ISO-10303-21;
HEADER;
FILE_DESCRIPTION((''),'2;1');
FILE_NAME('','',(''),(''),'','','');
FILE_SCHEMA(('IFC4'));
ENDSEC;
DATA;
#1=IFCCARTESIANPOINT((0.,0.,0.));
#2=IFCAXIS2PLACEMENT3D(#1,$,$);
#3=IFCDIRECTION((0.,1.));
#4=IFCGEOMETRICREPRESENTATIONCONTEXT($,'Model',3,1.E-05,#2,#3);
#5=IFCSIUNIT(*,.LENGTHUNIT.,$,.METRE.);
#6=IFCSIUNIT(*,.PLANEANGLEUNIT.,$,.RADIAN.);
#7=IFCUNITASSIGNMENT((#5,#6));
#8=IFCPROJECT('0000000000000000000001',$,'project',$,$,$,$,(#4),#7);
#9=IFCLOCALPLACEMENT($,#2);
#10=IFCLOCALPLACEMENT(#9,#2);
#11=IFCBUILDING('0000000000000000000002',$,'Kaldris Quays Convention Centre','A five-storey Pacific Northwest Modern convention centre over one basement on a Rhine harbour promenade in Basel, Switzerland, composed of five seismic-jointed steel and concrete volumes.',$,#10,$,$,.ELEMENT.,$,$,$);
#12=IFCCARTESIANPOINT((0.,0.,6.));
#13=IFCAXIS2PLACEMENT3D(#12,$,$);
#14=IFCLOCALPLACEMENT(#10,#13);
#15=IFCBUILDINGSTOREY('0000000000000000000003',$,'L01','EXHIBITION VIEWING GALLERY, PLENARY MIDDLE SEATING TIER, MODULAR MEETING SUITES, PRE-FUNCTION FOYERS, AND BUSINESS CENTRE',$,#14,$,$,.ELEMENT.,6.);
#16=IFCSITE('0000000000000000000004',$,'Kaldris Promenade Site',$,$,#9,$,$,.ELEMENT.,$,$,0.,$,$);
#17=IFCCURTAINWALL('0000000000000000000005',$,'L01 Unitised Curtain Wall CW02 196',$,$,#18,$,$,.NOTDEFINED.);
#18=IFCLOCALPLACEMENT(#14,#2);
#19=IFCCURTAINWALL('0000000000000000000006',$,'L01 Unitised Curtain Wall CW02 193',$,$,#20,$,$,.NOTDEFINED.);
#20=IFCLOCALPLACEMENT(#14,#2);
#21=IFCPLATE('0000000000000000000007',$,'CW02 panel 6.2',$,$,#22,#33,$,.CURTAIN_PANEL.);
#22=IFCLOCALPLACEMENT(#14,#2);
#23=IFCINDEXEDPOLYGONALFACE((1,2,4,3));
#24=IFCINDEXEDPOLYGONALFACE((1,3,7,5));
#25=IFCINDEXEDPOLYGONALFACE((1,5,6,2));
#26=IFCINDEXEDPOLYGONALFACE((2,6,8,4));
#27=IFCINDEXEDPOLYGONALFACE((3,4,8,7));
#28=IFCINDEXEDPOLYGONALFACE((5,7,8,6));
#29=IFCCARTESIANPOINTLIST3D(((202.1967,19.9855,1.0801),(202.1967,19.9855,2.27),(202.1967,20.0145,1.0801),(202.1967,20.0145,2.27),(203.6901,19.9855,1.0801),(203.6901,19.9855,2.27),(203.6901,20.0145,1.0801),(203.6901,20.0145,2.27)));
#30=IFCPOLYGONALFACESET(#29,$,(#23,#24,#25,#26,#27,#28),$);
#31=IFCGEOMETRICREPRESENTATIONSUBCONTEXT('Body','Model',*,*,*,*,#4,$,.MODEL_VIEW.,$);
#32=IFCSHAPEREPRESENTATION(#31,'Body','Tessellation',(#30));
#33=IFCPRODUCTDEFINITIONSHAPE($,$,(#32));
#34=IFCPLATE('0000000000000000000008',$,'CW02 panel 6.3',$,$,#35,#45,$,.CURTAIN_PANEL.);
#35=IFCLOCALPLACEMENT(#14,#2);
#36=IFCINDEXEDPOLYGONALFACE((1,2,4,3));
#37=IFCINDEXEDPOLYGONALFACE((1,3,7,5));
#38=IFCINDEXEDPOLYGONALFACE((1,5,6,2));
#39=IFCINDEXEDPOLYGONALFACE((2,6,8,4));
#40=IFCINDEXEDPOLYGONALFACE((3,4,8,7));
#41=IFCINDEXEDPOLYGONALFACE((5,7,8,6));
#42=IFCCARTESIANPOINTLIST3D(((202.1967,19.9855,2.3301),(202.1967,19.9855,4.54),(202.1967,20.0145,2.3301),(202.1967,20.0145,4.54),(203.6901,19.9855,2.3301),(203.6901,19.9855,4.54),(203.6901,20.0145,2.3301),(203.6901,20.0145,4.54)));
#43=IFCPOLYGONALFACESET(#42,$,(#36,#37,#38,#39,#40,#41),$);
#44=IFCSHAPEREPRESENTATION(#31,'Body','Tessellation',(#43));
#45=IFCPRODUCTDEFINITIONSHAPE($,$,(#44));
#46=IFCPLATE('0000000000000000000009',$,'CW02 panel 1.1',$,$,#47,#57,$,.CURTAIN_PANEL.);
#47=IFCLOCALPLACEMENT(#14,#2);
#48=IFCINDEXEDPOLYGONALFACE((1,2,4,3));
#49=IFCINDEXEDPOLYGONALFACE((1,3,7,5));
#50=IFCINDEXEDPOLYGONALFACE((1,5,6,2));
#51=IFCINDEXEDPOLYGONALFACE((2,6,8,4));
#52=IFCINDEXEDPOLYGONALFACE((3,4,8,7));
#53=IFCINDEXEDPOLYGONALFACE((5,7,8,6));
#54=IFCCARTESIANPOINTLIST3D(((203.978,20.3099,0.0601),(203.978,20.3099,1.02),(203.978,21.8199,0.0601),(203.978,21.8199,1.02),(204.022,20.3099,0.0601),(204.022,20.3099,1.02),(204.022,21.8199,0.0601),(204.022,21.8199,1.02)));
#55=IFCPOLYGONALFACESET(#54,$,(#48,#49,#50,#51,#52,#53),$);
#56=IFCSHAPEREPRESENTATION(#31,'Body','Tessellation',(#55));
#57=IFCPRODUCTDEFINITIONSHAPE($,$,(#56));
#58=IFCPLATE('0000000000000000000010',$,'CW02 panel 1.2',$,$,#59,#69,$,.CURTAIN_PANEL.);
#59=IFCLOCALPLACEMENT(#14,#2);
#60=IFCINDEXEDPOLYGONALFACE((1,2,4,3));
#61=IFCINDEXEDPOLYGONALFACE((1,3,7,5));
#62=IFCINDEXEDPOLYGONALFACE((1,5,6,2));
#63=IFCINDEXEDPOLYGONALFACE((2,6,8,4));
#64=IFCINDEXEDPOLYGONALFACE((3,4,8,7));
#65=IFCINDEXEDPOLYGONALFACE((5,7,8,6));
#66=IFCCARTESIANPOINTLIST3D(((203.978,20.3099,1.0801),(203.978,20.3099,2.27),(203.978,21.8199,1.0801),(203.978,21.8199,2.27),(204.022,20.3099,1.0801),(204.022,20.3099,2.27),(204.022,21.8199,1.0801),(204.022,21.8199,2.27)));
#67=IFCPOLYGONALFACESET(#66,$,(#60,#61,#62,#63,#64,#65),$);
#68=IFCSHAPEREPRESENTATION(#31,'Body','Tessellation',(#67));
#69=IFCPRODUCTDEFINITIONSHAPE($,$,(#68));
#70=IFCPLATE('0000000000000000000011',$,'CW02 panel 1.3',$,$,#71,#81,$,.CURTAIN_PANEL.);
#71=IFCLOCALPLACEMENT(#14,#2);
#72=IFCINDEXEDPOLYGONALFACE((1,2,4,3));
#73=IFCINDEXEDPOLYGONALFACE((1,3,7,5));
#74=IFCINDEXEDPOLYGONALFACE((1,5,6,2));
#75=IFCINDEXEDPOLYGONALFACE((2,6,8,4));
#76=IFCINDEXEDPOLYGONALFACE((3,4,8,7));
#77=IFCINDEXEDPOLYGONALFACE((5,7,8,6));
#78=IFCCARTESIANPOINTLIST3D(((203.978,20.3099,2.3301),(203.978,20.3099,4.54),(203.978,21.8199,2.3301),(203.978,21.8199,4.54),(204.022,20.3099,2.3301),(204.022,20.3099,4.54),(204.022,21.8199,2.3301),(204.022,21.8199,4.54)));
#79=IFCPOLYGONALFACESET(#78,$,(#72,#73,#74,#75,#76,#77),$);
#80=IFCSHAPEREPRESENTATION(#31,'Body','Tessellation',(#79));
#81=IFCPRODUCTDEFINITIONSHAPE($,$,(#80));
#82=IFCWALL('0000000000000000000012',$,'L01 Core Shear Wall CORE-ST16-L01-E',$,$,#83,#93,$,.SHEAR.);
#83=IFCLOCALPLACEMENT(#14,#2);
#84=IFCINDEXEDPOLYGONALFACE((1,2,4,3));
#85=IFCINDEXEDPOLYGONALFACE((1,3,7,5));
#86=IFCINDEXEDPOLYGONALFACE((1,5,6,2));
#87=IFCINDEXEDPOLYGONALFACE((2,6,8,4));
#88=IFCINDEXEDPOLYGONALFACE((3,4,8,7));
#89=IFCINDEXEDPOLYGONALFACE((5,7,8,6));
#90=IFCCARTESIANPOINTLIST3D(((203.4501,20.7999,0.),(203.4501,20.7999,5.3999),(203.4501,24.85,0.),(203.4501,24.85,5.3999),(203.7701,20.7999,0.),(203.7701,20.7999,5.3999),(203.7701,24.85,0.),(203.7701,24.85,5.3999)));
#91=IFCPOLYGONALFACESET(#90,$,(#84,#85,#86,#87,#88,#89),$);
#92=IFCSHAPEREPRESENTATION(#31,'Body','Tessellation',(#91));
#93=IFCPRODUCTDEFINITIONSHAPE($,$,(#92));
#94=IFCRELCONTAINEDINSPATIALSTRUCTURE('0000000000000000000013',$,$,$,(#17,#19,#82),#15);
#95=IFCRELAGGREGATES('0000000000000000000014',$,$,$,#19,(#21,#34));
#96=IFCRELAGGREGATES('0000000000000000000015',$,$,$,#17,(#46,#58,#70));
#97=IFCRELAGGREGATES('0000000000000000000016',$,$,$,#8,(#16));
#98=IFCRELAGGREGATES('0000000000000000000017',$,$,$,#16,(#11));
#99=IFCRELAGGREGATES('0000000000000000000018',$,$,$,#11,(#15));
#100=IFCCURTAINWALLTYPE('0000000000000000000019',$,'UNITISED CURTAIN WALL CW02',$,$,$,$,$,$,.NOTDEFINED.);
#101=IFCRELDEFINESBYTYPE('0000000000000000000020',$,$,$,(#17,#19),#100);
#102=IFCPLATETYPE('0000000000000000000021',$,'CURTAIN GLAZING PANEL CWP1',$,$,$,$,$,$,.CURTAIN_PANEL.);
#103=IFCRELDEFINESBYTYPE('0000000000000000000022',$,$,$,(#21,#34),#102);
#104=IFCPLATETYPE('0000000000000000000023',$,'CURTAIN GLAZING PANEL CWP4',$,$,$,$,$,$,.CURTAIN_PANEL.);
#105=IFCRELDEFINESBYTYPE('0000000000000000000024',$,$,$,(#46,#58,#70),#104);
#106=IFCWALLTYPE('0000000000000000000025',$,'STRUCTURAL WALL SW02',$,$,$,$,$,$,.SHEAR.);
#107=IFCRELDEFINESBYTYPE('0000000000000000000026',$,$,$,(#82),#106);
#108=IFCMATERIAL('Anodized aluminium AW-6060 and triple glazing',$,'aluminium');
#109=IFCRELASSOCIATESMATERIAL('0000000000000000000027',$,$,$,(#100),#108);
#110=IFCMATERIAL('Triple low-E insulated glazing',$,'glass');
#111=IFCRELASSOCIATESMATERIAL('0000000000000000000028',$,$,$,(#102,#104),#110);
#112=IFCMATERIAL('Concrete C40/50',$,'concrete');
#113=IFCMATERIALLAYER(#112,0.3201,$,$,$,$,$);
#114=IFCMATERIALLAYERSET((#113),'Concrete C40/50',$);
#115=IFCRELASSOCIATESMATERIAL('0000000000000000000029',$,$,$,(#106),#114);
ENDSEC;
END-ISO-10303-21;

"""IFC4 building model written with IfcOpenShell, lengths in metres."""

from ifc_helpers import new_model, si_unit, direction, frame, frame_2d, origin, origin_2d, place, context, subcontext, project, spatial, rectangle, extrude, material, layer, layer_set, type_object, element, aggregate, save


model = new_model("IFC4")

# Units and contexts
model_context = context("Model", 3, precision=1e-05, world=origin(), true_north=direction((0.0, 1.0)))
body_context = subcontext(model_context, "Body", "Model", "MODEL_VIEW")
ifc_project = project(units=[si_unit("LENGTHUNIT", "METRE"), si_unit("PLANEANGLEUNIT", "RADIAN")], contexts=[model_context])

# Site, building, storey
site_placement = place(None, origin())
site = spatial("IfcSite", under=ifc_project, at=site_placement, Name="Kaldris Promenade Site", CompositionType="ELEMENT", RefElevation=0.0)
building_placement = place(site_placement, origin())
building = spatial("IfcBuilding", under=site, at=building_placement, Name="Kaldris Quays Convention Centre", Description="A five-storey Pacific Northwest Modern convention centre over one basement on a Rhine harbour promenade in Basel, Switzerland, composed of five seismic-jointed steel and concrete volumes.", CompositionType="ELEMENT")
storey_placement = place(building_placement, frame((0.0, 0.0, 6.0)))
storey = spatial("IfcBuildingStorey", under=building, at=storey_placement, Name="L01", Description="EXHIBITION VIEWING GALLERY, PLENARY MIDDLE SEATING TIER, MODULAR MEETING SUITES, PRE-FUNCTION FOYERS, AND BUSINESS CENTRE", CompositionType="ELEMENT", Elevation=6.0)

# Curtain walls
ifc_material_1 = material(Name="Anodized aluminium AW-6060 and triple glazing", Category="aluminium")
curtain_wall_type = type_object("IfcCurtainWallType", Name="UNITISED CURTAIN WALL CW02", PredefinedType="NOTDEFINED", material=ifc_material_1)
curtain_wall_1_placement = place(storey_placement, origin())
curtain_wall_1 = element("IfcCurtainWall", 1, at=curtain_wall_1_placement, inside=storey, type_object=curtain_wall_type, Name="L01 Unitised Curtain Wall CW02 196", PredefinedType="NOTDEFINED")
curtain_wall_2_placement = place(storey_placement, origin())
curtain_wall_2 = element("IfcCurtainWall", 2, at=curtain_wall_2_placement, inside=storey, type_object=curtain_wall_type, Name="L01 Unitised Curtain Wall CW02 193", PredefinedType="NOTDEFINED")

# Plates
ifc_material_2 = material(Name="Triple low-E insulated glazing", Category="glass")
plate_type_1 = type_object("IfcPlateType", Name="CURTAIN GLAZING PANEL CWP1", PredefinedType="CURTAIN_PANEL", material=ifc_material_2)
plate_1_placement = place(storey_placement, frame((202.9434, 20.0, 1.0801), z_axis=(0.0, 0.0, 1.0), x_axis=(1.0, 0.0, 0.0)))
plate_1 = element("IfcPlate", 3, at=plate_1_placement, type_object=plate_type_1, Name="CW02 panel 6.2", PredefinedType="CURTAIN_PANEL", context=body_context, shape_type="SweptSolid", body=[
    extrude(rectangle(XDim=1.4934, YDim=0.0291, at=origin_2d()), origin(), (0.0, 0.0, 1.0), 1.1899),
])
plate_2_placement = place(storey_placement, frame((202.9434, 20.0, 2.3301), z_axis=(0.0, 0.0, 1.0), x_axis=(1.0, 0.0, 0.0)))
plate_2 = element("IfcPlate", 4, at=plate_2_placement, type_object=plate_type_1, Name="CW02 panel 6.3", PredefinedType="CURTAIN_PANEL", context=body_context, shape_type="SweptSolid", body=[
    extrude(rectangle(XDim=1.4934, YDim=0.0291, at=origin_2d()), origin(), (0.0, 0.0, 1.0), 2.21),
])
aggregate(curtain_wall_2, [plate_1, plate_2])
plate_type_2 = type_object("IfcPlateType", Name="CURTAIN GLAZING PANEL CWP4", PredefinedType="CURTAIN_PANEL", material=ifc_material_2)
plate_3_placement = place(storey_placement, frame((204.0, 21.0649, 0.0601), z_axis=(0.0, 0.0, 1.0), x_axis=(0.0, 1.0, 0.0)))
plate_3 = element("IfcPlate", 5, at=plate_3_placement, type_object=plate_type_2, Name="CW02 panel 1.1", PredefinedType="CURTAIN_PANEL", context=body_context, shape_type="SweptSolid", body=[
    extrude(rectangle(XDim=1.51, YDim=0.0439, at=origin_2d()), origin(), (0.0, 0.0, 1.0), 0.96),
])
plate_4_placement = place(storey_placement, frame((204.0, 21.0649, 1.0801), z_axis=(0.0, 0.0, 1.0), x_axis=(0.0, 1.0, 0.0)))
plate_4 = element("IfcPlate", 6, at=plate_4_placement, type_object=plate_type_2, Name="CW02 panel 1.2", PredefinedType="CURTAIN_PANEL", context=body_context, shape_type="SweptSolid", body=[
    extrude(rectangle(XDim=1.51, YDim=0.0439, at=origin_2d()), origin(), (0.0, 0.0, 1.0), 1.1899),
])
plate_5_placement = place(storey_placement, frame((204.0, 21.0649, 2.3301), z_axis=(0.0, 0.0, 1.0), x_axis=(0.0, 1.0, 0.0)))
plate_5 = element("IfcPlate", 7, at=plate_5_placement, type_object=plate_type_2, Name="CW02 panel 1.3", PredefinedType="CURTAIN_PANEL", context=body_context, shape_type="SweptSolid", body=[
    extrude(rectangle(XDim=1.51, YDim=0.0439, at=origin_2d()), origin(), (0.0, 0.0, 1.0), 2.21),
])
aggregate(curtain_wall_1, [plate_3, plate_4, plate_5])

# Wall
ifc_material_3 = material(Name="Concrete C40/50", Category="concrete")
ifc_layer = layer(ifc_material_3, 0.3201)
ifc_layer_set = layer_set([ifc_layer], Name="Concrete C40/50")
wall_type = type_object("IfcWallType", Name="STRUCTURAL WALL SW02", PredefinedType="SHEAR", material=ifc_layer_set)
wall_placement = place(storey_placement, frame((203.6101, 20.8, 0.0), z_axis=(0.0, 0.0, 1.0), x_axis=(0.0, 1.0, 0.0)))
element("IfcWall", 8, at=wall_placement, inside=storey, type_object=wall_type, Name="L01 Core Shear Wall CORE-ST16-L01-E", PredefinedType="SHEAR", context=body_context, shape_type="SweptSolid", body=[
    extrude(rectangle(XDim=4.05, YDim=0.3201, at=frame_2d((2.0249, 0.0))), origin(), (0.0, 0.0, 1.0), 5.3999),
])

save(model, "model.ifc")
